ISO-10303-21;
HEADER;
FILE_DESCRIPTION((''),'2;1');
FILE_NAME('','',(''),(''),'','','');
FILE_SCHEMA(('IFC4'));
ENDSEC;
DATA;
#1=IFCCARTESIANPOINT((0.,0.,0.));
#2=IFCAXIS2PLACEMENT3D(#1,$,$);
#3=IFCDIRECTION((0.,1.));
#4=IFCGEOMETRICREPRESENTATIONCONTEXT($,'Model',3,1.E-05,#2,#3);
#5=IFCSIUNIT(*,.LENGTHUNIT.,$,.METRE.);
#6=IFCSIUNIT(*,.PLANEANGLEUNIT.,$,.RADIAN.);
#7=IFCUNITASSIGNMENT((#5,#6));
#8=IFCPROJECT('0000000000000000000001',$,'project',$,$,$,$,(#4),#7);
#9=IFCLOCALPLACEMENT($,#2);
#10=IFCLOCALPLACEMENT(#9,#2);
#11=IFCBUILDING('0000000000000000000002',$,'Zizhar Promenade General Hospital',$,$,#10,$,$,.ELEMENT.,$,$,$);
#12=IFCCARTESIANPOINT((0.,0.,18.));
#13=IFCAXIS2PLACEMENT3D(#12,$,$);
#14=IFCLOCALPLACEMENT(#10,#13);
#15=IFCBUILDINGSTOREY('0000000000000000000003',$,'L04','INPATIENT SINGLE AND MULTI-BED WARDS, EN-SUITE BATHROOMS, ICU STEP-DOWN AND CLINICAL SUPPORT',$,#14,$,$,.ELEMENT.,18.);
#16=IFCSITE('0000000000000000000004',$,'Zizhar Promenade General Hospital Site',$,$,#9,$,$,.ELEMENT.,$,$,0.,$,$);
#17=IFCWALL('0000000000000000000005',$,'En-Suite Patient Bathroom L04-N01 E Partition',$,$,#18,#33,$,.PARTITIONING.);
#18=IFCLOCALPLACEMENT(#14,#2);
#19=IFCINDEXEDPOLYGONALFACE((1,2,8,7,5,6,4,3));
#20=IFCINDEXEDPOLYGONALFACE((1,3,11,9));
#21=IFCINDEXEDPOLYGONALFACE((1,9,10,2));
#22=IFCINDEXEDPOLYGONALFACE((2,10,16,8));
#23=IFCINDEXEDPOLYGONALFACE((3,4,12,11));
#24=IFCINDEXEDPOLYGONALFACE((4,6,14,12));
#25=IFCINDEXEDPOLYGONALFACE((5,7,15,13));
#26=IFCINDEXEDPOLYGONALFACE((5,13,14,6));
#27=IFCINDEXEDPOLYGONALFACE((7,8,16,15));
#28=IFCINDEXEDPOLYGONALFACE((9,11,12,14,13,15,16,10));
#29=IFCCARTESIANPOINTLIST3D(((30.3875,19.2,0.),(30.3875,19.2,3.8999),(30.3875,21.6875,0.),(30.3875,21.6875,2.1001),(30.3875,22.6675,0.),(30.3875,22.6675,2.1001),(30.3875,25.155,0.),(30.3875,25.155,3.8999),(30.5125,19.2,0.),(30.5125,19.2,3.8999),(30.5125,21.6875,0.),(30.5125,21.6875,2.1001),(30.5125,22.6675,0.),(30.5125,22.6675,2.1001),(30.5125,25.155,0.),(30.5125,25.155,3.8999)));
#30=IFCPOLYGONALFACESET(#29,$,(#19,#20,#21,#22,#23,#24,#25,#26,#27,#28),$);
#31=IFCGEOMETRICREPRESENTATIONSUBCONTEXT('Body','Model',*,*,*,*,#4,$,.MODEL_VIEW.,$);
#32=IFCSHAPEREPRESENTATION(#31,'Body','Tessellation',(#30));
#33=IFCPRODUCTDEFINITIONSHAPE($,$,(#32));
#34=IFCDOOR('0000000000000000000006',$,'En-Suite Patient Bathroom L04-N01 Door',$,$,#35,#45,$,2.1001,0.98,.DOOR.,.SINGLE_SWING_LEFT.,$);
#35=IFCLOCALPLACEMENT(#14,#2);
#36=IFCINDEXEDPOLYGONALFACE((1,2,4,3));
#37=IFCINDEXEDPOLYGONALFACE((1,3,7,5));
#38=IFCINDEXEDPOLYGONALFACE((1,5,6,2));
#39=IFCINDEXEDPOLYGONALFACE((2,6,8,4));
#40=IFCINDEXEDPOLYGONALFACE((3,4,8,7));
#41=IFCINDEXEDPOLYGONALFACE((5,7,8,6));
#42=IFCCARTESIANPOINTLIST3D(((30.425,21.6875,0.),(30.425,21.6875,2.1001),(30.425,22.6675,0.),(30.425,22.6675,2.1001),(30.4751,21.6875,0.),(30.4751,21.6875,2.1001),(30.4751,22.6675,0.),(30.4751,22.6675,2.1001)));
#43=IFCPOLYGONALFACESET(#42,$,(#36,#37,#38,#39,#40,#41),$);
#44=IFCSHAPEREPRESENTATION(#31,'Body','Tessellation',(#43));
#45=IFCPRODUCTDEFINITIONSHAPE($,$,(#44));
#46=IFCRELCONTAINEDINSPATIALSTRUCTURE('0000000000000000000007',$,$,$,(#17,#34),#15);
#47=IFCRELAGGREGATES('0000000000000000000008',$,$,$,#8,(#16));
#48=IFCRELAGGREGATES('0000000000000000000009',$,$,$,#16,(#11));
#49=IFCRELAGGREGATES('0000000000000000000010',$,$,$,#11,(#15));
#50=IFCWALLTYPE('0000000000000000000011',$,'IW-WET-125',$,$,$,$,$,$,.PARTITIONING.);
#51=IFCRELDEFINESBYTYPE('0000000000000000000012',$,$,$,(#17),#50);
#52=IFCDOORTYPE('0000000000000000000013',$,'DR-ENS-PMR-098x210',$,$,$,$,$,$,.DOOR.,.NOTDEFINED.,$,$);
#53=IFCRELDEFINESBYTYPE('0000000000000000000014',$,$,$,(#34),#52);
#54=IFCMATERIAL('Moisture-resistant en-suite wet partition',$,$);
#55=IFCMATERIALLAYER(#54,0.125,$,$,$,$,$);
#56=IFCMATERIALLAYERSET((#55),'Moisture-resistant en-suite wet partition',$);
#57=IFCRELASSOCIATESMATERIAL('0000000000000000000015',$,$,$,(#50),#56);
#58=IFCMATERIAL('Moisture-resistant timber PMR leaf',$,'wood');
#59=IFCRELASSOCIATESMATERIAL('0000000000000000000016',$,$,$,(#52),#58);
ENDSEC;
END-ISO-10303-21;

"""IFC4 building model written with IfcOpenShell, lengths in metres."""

from ifc_helpers import new_model, si_unit, direction, frame, frame_2d, origin, place, context, subcontext, project, spatial, rectangle, extrude, material, layer, layer_set, type_object, element, fill, save


model = new_model("IFC4")

# Units and contexts
model_context = context("Model", 3, precision=1e-05, world=origin(), true_north=direction((0.0, 1.0)))
body_context = subcontext(model_context, "Body", "Model", "MODEL_VIEW")
ifc_project = project(units=[si_unit("LENGTHUNIT", "METRE"), si_unit("PLANEANGLEUNIT", "RADIAN")], contexts=[model_context])

# Site, building, storey
site_placement = place(None, origin())
site = spatial("IfcSite", under=ifc_project, at=site_placement, Name="Zizhar Promenade General Hospital Site", CompositionType="ELEMENT", RefElevation=0.0)
building_placement = place(site_placement, origin())
building = spatial("IfcBuilding", under=site, at=building_placement, Name="Zizhar Promenade General Hospital", CompositionType="ELEMENT")
storey_placement = place(building_placement, frame((0.0, 0.0, 18.0)))
storey = spatial("IfcBuildingStorey", under=building, at=storey_placement, Name="L04", Description="INPATIENT SINGLE AND MULTI-BED WARDS, EN-SUITE BATHROOMS, ICU STEP-DOWN AND CLINICAL SUPPORT", CompositionType="ELEMENT", Elevation=18.0)

# Shared definitions
ifc_material_1 = material(Name="Moisture-resistant en-suite wet partition")
ifc_layer_1 = layer(ifc_material_1, 0.125)
ifc_layer_set_1 = layer_set([ifc_layer_1], Name="Moisture-resistant en-suite wet partition")
wall_type_1 = type_object("IfcWallType", Name="IW-WET-125", PredefinedType="PARTITIONING", material=ifc_layer_set_1)

# Wall, opening, door
wall_1_placement = place(storey_placement, frame((30.45, 19.2, 0.0), z_axis=(0.0, 0.0, 1.0), x_axis=(0.0, 1.0, 0.0)))
wall_1 = element("IfcWall", 1, at=wall_1_placement, inside=storey, type_object=wall_type_1, Name="En-Suite Patient Bathroom L04-N01 E Partition", PredefinedType="PARTITIONING", context=body_context, shape_type="SweptSolid", body=[
    extrude(rectangle(XDim=5.9551, YDim=0.125, at=frame_2d((2.9775, 0.0))), origin(), (0.0, 0.0, 1.0), 3.8999),
])
opening_1_placement = place(wall_1_placement, frame((2.4875, 0.0, 0.0)))
opening_1 = element("IfcOpeningElement", 2, at=opening_1_placement, cuts=wall_1, PredefinedType="OPENING", context=body_context, shape_type="SweptSolid", body=[
    extrude(rectangle(XDim=0.98, YDim=2.1001, at=frame_2d((0.49, 1.05))), frame((0.0, 0.0725, 0.0), z_axis=(0.0, -1.0, 0.0), x_axis=(1.0, 0.0, 0.0)), (0.0, 0.0, 1.0), 0.145),
])
ifc_material_2 = material(Name="Moisture-resistant timber PMR leaf", Category="wood")
door_type_1 = type_object("IfcDoorType", Name="DR-ENS-PMR-098x210", OperationType="NOTDEFINED", PredefinedType="DOOR", material=ifc_material_2)
door_1_placement = place(opening_1_placement, origin())
door_1 = element("IfcDoor", 3, at=door_1_placement, inside=storey, type_object=door_type_1, Name="En-Suite Patient Bathroom L04-N01 Door", OperationType="SINGLE_SWING_LEFT", OverallHeight=2.1001, OverallWidth=0.98, PredefinedType="DOOR", context=body_context, shape_type="SweptSolid", body=[
    extrude(rectangle(XDim=0.98, YDim=2.1001, at=frame_2d((0.49, 1.05))), frame((0.0, 0.0249, 0.0), z_axis=(0.0, -1.0, 0.0), x_axis=(1.0, 0.0, 0.0)), (0.0, 0.0, 1.0), 0.05),
])
fill(opening_1, door_1)

save(model, "model.ifc")
